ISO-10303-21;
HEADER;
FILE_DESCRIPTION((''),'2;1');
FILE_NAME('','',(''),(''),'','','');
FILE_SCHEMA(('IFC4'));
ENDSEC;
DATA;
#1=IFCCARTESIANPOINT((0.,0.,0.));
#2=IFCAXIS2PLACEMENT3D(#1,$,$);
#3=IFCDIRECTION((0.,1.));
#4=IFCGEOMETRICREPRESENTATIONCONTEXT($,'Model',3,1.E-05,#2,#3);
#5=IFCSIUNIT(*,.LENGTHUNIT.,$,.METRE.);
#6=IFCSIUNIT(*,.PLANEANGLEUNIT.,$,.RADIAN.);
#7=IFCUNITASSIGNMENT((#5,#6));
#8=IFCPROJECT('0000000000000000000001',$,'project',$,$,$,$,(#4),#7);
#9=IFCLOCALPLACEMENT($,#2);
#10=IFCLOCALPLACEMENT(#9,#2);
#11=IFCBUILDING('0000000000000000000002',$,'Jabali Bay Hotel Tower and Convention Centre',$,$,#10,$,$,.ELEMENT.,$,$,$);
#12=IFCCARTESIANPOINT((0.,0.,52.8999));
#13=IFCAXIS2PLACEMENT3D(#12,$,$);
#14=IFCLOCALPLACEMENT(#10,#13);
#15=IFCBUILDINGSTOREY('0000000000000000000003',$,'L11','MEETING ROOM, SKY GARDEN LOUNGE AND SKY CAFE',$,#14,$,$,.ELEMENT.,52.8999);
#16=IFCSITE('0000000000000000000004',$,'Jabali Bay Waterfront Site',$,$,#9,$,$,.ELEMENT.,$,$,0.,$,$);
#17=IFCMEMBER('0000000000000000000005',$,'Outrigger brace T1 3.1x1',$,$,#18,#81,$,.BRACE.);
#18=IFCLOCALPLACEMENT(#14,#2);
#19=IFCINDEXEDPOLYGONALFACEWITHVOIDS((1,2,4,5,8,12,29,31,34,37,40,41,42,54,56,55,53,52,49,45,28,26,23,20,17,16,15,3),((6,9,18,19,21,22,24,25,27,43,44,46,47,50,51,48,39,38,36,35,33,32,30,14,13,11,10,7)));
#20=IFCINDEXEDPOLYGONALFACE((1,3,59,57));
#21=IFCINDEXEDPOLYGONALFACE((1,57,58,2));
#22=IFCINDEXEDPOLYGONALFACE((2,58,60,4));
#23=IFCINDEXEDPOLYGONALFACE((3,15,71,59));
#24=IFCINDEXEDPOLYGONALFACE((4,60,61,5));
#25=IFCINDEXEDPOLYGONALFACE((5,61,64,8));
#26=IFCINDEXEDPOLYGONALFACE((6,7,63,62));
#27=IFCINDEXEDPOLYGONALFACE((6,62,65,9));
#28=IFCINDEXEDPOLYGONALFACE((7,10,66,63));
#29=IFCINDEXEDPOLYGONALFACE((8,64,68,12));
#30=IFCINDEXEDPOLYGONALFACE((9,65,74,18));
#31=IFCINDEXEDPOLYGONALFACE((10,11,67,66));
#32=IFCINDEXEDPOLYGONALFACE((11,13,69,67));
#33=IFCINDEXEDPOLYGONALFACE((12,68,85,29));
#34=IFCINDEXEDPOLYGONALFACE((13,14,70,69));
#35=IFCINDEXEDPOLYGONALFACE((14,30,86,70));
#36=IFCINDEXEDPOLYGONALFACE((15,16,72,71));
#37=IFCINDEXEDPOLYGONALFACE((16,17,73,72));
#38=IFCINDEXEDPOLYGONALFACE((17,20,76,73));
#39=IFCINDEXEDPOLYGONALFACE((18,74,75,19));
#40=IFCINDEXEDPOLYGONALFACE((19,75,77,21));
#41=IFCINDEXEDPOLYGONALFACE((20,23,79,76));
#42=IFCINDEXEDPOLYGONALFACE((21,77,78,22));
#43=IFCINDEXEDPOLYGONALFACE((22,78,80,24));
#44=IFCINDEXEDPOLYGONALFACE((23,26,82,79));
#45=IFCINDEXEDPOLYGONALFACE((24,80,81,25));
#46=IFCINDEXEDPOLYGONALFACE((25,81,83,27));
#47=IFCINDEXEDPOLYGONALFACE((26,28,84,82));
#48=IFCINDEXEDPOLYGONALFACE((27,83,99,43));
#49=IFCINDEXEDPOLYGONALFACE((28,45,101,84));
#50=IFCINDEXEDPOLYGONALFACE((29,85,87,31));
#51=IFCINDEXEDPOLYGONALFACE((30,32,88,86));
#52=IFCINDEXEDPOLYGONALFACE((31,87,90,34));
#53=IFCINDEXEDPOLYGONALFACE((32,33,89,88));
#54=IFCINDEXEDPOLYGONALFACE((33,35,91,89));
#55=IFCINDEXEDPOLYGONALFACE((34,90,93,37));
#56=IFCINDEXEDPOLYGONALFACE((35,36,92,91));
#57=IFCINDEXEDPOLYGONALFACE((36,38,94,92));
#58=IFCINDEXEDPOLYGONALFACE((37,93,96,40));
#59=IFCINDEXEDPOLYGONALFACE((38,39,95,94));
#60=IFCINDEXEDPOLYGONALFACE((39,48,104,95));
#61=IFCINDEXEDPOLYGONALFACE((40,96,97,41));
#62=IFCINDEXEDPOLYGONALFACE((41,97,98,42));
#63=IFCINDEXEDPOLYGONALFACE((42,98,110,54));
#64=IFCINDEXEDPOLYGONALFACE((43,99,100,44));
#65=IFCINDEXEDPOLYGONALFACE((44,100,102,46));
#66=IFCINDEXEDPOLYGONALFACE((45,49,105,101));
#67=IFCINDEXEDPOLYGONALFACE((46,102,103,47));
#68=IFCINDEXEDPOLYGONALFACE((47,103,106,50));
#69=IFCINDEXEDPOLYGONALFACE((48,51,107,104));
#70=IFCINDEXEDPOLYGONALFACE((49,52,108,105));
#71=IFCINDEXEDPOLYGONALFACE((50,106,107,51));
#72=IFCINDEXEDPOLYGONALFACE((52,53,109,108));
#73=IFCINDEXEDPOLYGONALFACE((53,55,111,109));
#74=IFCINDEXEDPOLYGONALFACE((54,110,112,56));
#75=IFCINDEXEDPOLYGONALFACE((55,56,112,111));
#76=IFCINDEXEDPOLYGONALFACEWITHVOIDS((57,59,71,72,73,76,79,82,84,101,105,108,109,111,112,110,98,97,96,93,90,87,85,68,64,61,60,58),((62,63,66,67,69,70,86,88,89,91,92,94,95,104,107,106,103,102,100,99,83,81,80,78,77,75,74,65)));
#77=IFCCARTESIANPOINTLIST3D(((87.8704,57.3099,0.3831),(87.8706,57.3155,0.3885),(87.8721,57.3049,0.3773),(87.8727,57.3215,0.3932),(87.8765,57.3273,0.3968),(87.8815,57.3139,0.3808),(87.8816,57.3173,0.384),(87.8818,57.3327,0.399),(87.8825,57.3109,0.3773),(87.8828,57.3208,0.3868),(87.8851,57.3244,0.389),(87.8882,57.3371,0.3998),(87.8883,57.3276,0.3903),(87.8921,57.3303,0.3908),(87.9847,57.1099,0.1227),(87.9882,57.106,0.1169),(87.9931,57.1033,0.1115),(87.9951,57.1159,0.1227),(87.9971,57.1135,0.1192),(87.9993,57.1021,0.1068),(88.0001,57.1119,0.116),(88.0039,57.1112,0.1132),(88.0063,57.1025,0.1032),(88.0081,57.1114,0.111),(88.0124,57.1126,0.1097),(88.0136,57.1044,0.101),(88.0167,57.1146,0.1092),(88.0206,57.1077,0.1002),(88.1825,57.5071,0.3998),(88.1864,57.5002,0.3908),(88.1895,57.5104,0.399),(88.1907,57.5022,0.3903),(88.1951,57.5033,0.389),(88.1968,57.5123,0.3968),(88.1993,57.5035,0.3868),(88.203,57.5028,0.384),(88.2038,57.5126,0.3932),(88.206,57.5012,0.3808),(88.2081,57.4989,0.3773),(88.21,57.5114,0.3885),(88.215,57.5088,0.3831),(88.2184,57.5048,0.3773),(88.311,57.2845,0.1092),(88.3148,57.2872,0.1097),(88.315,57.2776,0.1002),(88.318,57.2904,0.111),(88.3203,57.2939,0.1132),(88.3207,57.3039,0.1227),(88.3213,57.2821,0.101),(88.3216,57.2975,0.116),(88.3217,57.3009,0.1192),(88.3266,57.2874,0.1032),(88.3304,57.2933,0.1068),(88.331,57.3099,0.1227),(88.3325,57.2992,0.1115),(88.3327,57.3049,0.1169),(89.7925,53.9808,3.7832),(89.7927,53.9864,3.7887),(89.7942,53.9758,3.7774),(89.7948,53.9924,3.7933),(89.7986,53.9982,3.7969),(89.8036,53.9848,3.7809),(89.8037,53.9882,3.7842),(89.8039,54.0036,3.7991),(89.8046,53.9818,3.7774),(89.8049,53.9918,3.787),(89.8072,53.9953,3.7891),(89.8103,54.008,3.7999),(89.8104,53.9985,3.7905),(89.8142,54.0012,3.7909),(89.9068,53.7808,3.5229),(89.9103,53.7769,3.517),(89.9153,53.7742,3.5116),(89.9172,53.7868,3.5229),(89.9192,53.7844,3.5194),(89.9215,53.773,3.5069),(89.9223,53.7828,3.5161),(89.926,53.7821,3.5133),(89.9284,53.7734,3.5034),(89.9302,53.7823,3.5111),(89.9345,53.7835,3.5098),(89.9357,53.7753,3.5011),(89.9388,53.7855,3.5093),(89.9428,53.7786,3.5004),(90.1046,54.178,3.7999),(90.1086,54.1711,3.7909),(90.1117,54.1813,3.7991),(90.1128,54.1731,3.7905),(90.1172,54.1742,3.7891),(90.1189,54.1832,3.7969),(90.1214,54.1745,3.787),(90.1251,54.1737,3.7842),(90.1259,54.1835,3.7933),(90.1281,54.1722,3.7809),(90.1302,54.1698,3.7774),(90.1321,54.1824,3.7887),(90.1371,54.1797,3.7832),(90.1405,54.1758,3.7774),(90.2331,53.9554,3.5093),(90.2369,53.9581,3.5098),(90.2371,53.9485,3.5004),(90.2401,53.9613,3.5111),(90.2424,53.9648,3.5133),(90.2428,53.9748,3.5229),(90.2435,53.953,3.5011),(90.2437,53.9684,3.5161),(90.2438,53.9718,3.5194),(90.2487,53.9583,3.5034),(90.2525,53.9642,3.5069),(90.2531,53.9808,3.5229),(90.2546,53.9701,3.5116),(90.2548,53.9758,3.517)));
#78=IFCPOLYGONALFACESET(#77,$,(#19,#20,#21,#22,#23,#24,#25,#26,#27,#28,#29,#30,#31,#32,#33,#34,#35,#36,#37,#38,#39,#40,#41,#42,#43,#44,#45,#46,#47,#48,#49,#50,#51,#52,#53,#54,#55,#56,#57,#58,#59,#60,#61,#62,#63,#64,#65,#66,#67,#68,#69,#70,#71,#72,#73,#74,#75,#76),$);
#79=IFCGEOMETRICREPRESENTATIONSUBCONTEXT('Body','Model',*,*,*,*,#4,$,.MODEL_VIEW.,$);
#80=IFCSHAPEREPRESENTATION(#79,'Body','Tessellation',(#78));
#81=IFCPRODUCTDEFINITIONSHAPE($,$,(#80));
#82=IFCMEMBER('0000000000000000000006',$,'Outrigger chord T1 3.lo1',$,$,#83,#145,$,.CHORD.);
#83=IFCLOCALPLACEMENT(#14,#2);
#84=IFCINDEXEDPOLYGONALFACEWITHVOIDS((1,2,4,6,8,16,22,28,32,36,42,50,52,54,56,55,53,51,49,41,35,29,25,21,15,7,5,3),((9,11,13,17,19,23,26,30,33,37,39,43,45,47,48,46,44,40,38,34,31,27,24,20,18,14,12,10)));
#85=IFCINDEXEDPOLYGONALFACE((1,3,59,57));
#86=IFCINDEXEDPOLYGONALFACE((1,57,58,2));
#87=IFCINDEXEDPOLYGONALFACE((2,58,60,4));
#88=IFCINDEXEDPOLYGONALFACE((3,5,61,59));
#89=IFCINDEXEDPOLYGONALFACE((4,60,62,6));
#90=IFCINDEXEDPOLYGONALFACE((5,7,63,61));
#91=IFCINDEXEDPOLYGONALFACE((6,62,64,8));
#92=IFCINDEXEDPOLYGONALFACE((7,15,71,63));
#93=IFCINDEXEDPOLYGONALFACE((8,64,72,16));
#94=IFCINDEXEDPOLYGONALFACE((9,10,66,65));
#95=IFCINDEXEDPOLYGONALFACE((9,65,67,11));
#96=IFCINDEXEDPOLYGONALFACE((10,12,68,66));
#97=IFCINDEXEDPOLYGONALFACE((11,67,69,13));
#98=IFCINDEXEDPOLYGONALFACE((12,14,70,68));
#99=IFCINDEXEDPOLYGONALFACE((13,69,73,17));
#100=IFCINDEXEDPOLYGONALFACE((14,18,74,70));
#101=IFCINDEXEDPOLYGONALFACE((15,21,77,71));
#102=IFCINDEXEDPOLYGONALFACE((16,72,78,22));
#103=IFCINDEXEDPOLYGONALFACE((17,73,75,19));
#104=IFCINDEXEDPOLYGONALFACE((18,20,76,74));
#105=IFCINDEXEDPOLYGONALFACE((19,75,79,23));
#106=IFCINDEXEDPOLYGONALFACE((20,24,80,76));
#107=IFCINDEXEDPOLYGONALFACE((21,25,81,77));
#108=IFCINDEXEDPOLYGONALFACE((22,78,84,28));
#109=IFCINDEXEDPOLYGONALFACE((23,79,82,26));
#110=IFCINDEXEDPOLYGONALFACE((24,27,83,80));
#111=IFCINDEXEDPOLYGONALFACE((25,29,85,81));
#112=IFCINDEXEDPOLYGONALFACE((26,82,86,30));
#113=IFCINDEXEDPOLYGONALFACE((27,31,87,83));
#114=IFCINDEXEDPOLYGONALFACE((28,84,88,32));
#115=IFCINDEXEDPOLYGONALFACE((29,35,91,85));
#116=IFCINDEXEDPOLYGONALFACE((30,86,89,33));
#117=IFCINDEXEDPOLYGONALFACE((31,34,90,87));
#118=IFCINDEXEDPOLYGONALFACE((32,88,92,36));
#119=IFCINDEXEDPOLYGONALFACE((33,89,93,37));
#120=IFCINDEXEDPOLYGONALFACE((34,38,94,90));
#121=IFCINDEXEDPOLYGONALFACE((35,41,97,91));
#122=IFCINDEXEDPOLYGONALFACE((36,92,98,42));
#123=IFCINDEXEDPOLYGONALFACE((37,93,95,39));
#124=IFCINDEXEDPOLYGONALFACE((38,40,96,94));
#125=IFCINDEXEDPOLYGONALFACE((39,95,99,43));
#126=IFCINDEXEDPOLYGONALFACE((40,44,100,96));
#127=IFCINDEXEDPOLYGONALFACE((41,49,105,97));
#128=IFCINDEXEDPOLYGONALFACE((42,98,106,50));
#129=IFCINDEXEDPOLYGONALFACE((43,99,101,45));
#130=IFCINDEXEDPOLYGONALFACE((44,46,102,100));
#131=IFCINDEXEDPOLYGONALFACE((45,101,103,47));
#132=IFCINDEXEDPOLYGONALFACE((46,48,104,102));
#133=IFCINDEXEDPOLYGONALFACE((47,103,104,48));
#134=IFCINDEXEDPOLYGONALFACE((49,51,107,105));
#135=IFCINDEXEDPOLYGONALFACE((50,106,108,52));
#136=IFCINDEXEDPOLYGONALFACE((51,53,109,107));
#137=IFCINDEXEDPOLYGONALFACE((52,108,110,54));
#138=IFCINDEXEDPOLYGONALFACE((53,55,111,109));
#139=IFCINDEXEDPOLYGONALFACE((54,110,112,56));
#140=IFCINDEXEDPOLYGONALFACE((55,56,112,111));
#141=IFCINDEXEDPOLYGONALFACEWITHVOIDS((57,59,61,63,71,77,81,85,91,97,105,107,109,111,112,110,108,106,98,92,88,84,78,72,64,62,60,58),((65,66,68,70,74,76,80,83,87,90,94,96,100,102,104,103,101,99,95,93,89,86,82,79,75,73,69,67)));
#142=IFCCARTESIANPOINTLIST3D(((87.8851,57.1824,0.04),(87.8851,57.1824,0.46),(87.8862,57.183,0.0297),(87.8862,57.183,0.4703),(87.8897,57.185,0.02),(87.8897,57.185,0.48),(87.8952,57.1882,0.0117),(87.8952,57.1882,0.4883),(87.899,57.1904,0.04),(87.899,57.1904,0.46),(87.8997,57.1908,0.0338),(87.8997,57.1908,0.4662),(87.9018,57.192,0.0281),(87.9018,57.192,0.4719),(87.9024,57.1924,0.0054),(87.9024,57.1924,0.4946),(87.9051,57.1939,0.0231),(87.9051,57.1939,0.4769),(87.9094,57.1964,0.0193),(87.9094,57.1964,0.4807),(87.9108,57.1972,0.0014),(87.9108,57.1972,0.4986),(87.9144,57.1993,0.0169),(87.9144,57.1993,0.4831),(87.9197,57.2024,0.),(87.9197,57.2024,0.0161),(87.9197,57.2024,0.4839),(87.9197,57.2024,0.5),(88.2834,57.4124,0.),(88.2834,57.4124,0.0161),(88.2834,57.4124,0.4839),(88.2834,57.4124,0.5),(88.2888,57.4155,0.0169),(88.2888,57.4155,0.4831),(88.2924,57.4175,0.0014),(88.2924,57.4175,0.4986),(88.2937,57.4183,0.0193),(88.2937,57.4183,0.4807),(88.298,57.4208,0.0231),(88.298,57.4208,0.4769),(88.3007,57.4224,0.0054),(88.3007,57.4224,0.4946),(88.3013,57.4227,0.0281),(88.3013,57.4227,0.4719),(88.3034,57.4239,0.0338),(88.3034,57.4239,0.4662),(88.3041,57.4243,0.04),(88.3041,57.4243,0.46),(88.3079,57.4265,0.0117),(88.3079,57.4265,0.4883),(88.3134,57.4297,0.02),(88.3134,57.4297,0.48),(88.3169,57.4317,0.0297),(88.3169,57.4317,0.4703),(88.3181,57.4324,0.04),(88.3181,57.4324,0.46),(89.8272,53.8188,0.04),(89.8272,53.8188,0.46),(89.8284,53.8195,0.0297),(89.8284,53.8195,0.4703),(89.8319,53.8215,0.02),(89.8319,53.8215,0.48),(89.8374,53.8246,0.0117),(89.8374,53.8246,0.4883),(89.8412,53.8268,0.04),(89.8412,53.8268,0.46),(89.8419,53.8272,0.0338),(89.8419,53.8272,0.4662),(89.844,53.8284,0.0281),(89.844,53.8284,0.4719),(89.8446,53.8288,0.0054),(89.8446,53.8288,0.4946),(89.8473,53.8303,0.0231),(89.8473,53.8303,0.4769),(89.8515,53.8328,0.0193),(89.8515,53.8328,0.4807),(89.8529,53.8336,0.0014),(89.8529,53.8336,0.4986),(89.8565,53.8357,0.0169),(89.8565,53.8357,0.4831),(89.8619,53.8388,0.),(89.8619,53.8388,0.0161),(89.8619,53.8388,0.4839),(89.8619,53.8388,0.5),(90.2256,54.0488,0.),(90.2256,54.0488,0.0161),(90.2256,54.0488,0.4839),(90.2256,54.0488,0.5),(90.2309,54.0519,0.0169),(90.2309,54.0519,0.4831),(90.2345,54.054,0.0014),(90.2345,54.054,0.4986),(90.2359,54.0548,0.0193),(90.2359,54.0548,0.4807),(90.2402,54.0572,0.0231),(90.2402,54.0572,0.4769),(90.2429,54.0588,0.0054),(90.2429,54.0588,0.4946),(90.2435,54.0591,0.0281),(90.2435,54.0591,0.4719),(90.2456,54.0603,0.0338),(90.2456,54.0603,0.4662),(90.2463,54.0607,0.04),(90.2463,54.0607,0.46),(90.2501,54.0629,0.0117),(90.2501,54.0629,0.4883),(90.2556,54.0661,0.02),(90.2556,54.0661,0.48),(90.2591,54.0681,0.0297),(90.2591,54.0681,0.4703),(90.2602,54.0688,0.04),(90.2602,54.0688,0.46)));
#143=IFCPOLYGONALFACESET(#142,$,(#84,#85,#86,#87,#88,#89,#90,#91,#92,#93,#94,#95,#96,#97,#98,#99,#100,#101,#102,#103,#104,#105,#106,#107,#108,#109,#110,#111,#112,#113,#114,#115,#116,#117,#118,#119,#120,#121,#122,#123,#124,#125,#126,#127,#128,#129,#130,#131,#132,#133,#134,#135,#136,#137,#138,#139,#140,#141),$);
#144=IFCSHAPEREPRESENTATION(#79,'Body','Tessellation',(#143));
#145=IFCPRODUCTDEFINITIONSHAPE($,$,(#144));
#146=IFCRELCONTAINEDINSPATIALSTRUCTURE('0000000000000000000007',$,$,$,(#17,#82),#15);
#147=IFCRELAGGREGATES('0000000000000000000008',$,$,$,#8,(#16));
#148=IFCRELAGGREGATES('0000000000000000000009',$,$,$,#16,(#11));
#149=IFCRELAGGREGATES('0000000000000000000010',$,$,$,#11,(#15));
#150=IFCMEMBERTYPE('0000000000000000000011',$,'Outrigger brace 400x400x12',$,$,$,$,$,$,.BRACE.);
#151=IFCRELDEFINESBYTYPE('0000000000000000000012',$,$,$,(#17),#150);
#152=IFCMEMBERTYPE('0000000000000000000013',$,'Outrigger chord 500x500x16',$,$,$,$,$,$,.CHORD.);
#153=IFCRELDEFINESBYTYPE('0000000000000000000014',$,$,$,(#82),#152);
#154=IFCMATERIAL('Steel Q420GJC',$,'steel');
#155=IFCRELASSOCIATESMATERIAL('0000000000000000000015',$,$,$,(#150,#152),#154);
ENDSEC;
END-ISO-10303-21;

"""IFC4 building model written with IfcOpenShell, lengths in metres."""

from ifc_helpers import new_model, si_unit, direction, frame, origin, origin_2d, place, context, subcontext, project, spatial, hollow_rectangle, extrude, material, material_profile, profile_set, type_object, element, save


model = new_model("IFC4")

# Units and contexts
model_context = context("Model", 3, precision=1e-05, world=origin(), true_north=direction((0.0, 1.0)))
body_context = subcontext(model_context, "Body", "Model", "MODEL_VIEW")
ifc_project = project(units=[si_unit("LENGTHUNIT", "METRE"), si_unit("PLANEANGLEUNIT", "RADIAN")], contexts=[model_context])

# Site, building, storey
site_placement = place(None, origin())
site = spatial("IfcSite", under=ifc_project, at=site_placement, Name="Jabali Bay Waterfront Site", CompositionType="ELEMENT", RefElevation=0.0)
building_placement = place(site_placement, origin())
building = spatial("IfcBuilding", under=site, at=building_placement, Name="Jabali Bay Hotel Tower and Convention Centre", CompositionType="ELEMENT")
storey_placement = place(building_placement, frame((0.0, 0.0, 52.8999)))
storey = spatial("IfcBuildingStorey", under=building, at=storey_placement, Name="L11", Description="MEETING ROOM, SKY GARDEN LOUNGE AND SKY CAFE", CompositionType="ELEMENT", Elevation=52.8999)

# Shared definitions
ifc_material_1 = material(Name="Steel Q420GJC", Category="steel")

# Members
ifc_material_profile_1 = material_profile(ifc_material_1, hollow_rectangle(XDim=0.3999, YDim=0.3999, WallThickness=0.012, InnerFilletRadius=0.0181, OuterFilletRadius=0.03, at=origin_2d()), Name="Outrigger brace 400x400x12")
ifc_profile_set_1 = profile_set([ifc_material_profile_1], Name="Steel Q420GJC")
member_type_1 = type_object("IfcMemberType", Name="Outrigger brace 400x400x12", PredefinedType="BRACE", material=ifc_profile_set_1)
member_1_placement = place(storey_placement, frame((88.1016, 57.3074, 0.25), z_axis=(0.374529, -0.648682, 0.662525), x_axis=(0.866018, 0.500012, 0.0)))
element("IfcMember", 1, at=member_1_placement, inside=storey, type_object=member_type_1, Name="Outrigger brace T1 3.1x1", PredefinedType="BRACE", context=body_context, shape_type="SweptSolid", body=[
    extrude(hollow_rectangle(XDim=0.3999, YDim=0.3999, WallThickness=0.012, InnerFilletRadius=0.0181, OuterFilletRadius=0.03, at=origin_2d()), origin(), (0.0, 0.0, 1.0), 5.1321),
])
ifc_material_profile_2 = material_profile(ifc_material_1, hollow_rectangle(XDim=0.5, YDim=0.5, WallThickness=0.0161, InnerFilletRadius=0.0239, OuterFilletRadius=0.04, at=origin_2d()), Name="Outrigger chord 500x500x16")
ifc_profile_set_2 = profile_set([ifc_material_profile_2], Name="Steel Q420GJC")
member_type_2 = type_object("IfcMemberType", Name="Outrigger chord 500x500x16", PredefinedType="CHORD", material=ifc_profile_set_2)
member_2_placement = place(storey_placement, frame((88.1016, 57.3074, 0.25), z_axis=(0.50004, -0.866002, 0.0), x_axis=(0.866002, 0.50004, 0.0)))
element("IfcMember", 2, at=member_2_placement, inside=storey, type_object=member_type_2, Name="Outrigger chord T1 3.lo1", PredefinedType="CHORD", context=body_context, shape_type="SweptSolid", body=[
    extrude(hollow_rectangle(XDim=0.5, YDim=0.5, WallThickness=0.0161, InnerFilletRadius=0.0239, OuterFilletRadius=0.04, at=origin_2d()), origin(), (0.0, 0.0, 1.0), 3.884),
])

save(model, "model.ifc")
